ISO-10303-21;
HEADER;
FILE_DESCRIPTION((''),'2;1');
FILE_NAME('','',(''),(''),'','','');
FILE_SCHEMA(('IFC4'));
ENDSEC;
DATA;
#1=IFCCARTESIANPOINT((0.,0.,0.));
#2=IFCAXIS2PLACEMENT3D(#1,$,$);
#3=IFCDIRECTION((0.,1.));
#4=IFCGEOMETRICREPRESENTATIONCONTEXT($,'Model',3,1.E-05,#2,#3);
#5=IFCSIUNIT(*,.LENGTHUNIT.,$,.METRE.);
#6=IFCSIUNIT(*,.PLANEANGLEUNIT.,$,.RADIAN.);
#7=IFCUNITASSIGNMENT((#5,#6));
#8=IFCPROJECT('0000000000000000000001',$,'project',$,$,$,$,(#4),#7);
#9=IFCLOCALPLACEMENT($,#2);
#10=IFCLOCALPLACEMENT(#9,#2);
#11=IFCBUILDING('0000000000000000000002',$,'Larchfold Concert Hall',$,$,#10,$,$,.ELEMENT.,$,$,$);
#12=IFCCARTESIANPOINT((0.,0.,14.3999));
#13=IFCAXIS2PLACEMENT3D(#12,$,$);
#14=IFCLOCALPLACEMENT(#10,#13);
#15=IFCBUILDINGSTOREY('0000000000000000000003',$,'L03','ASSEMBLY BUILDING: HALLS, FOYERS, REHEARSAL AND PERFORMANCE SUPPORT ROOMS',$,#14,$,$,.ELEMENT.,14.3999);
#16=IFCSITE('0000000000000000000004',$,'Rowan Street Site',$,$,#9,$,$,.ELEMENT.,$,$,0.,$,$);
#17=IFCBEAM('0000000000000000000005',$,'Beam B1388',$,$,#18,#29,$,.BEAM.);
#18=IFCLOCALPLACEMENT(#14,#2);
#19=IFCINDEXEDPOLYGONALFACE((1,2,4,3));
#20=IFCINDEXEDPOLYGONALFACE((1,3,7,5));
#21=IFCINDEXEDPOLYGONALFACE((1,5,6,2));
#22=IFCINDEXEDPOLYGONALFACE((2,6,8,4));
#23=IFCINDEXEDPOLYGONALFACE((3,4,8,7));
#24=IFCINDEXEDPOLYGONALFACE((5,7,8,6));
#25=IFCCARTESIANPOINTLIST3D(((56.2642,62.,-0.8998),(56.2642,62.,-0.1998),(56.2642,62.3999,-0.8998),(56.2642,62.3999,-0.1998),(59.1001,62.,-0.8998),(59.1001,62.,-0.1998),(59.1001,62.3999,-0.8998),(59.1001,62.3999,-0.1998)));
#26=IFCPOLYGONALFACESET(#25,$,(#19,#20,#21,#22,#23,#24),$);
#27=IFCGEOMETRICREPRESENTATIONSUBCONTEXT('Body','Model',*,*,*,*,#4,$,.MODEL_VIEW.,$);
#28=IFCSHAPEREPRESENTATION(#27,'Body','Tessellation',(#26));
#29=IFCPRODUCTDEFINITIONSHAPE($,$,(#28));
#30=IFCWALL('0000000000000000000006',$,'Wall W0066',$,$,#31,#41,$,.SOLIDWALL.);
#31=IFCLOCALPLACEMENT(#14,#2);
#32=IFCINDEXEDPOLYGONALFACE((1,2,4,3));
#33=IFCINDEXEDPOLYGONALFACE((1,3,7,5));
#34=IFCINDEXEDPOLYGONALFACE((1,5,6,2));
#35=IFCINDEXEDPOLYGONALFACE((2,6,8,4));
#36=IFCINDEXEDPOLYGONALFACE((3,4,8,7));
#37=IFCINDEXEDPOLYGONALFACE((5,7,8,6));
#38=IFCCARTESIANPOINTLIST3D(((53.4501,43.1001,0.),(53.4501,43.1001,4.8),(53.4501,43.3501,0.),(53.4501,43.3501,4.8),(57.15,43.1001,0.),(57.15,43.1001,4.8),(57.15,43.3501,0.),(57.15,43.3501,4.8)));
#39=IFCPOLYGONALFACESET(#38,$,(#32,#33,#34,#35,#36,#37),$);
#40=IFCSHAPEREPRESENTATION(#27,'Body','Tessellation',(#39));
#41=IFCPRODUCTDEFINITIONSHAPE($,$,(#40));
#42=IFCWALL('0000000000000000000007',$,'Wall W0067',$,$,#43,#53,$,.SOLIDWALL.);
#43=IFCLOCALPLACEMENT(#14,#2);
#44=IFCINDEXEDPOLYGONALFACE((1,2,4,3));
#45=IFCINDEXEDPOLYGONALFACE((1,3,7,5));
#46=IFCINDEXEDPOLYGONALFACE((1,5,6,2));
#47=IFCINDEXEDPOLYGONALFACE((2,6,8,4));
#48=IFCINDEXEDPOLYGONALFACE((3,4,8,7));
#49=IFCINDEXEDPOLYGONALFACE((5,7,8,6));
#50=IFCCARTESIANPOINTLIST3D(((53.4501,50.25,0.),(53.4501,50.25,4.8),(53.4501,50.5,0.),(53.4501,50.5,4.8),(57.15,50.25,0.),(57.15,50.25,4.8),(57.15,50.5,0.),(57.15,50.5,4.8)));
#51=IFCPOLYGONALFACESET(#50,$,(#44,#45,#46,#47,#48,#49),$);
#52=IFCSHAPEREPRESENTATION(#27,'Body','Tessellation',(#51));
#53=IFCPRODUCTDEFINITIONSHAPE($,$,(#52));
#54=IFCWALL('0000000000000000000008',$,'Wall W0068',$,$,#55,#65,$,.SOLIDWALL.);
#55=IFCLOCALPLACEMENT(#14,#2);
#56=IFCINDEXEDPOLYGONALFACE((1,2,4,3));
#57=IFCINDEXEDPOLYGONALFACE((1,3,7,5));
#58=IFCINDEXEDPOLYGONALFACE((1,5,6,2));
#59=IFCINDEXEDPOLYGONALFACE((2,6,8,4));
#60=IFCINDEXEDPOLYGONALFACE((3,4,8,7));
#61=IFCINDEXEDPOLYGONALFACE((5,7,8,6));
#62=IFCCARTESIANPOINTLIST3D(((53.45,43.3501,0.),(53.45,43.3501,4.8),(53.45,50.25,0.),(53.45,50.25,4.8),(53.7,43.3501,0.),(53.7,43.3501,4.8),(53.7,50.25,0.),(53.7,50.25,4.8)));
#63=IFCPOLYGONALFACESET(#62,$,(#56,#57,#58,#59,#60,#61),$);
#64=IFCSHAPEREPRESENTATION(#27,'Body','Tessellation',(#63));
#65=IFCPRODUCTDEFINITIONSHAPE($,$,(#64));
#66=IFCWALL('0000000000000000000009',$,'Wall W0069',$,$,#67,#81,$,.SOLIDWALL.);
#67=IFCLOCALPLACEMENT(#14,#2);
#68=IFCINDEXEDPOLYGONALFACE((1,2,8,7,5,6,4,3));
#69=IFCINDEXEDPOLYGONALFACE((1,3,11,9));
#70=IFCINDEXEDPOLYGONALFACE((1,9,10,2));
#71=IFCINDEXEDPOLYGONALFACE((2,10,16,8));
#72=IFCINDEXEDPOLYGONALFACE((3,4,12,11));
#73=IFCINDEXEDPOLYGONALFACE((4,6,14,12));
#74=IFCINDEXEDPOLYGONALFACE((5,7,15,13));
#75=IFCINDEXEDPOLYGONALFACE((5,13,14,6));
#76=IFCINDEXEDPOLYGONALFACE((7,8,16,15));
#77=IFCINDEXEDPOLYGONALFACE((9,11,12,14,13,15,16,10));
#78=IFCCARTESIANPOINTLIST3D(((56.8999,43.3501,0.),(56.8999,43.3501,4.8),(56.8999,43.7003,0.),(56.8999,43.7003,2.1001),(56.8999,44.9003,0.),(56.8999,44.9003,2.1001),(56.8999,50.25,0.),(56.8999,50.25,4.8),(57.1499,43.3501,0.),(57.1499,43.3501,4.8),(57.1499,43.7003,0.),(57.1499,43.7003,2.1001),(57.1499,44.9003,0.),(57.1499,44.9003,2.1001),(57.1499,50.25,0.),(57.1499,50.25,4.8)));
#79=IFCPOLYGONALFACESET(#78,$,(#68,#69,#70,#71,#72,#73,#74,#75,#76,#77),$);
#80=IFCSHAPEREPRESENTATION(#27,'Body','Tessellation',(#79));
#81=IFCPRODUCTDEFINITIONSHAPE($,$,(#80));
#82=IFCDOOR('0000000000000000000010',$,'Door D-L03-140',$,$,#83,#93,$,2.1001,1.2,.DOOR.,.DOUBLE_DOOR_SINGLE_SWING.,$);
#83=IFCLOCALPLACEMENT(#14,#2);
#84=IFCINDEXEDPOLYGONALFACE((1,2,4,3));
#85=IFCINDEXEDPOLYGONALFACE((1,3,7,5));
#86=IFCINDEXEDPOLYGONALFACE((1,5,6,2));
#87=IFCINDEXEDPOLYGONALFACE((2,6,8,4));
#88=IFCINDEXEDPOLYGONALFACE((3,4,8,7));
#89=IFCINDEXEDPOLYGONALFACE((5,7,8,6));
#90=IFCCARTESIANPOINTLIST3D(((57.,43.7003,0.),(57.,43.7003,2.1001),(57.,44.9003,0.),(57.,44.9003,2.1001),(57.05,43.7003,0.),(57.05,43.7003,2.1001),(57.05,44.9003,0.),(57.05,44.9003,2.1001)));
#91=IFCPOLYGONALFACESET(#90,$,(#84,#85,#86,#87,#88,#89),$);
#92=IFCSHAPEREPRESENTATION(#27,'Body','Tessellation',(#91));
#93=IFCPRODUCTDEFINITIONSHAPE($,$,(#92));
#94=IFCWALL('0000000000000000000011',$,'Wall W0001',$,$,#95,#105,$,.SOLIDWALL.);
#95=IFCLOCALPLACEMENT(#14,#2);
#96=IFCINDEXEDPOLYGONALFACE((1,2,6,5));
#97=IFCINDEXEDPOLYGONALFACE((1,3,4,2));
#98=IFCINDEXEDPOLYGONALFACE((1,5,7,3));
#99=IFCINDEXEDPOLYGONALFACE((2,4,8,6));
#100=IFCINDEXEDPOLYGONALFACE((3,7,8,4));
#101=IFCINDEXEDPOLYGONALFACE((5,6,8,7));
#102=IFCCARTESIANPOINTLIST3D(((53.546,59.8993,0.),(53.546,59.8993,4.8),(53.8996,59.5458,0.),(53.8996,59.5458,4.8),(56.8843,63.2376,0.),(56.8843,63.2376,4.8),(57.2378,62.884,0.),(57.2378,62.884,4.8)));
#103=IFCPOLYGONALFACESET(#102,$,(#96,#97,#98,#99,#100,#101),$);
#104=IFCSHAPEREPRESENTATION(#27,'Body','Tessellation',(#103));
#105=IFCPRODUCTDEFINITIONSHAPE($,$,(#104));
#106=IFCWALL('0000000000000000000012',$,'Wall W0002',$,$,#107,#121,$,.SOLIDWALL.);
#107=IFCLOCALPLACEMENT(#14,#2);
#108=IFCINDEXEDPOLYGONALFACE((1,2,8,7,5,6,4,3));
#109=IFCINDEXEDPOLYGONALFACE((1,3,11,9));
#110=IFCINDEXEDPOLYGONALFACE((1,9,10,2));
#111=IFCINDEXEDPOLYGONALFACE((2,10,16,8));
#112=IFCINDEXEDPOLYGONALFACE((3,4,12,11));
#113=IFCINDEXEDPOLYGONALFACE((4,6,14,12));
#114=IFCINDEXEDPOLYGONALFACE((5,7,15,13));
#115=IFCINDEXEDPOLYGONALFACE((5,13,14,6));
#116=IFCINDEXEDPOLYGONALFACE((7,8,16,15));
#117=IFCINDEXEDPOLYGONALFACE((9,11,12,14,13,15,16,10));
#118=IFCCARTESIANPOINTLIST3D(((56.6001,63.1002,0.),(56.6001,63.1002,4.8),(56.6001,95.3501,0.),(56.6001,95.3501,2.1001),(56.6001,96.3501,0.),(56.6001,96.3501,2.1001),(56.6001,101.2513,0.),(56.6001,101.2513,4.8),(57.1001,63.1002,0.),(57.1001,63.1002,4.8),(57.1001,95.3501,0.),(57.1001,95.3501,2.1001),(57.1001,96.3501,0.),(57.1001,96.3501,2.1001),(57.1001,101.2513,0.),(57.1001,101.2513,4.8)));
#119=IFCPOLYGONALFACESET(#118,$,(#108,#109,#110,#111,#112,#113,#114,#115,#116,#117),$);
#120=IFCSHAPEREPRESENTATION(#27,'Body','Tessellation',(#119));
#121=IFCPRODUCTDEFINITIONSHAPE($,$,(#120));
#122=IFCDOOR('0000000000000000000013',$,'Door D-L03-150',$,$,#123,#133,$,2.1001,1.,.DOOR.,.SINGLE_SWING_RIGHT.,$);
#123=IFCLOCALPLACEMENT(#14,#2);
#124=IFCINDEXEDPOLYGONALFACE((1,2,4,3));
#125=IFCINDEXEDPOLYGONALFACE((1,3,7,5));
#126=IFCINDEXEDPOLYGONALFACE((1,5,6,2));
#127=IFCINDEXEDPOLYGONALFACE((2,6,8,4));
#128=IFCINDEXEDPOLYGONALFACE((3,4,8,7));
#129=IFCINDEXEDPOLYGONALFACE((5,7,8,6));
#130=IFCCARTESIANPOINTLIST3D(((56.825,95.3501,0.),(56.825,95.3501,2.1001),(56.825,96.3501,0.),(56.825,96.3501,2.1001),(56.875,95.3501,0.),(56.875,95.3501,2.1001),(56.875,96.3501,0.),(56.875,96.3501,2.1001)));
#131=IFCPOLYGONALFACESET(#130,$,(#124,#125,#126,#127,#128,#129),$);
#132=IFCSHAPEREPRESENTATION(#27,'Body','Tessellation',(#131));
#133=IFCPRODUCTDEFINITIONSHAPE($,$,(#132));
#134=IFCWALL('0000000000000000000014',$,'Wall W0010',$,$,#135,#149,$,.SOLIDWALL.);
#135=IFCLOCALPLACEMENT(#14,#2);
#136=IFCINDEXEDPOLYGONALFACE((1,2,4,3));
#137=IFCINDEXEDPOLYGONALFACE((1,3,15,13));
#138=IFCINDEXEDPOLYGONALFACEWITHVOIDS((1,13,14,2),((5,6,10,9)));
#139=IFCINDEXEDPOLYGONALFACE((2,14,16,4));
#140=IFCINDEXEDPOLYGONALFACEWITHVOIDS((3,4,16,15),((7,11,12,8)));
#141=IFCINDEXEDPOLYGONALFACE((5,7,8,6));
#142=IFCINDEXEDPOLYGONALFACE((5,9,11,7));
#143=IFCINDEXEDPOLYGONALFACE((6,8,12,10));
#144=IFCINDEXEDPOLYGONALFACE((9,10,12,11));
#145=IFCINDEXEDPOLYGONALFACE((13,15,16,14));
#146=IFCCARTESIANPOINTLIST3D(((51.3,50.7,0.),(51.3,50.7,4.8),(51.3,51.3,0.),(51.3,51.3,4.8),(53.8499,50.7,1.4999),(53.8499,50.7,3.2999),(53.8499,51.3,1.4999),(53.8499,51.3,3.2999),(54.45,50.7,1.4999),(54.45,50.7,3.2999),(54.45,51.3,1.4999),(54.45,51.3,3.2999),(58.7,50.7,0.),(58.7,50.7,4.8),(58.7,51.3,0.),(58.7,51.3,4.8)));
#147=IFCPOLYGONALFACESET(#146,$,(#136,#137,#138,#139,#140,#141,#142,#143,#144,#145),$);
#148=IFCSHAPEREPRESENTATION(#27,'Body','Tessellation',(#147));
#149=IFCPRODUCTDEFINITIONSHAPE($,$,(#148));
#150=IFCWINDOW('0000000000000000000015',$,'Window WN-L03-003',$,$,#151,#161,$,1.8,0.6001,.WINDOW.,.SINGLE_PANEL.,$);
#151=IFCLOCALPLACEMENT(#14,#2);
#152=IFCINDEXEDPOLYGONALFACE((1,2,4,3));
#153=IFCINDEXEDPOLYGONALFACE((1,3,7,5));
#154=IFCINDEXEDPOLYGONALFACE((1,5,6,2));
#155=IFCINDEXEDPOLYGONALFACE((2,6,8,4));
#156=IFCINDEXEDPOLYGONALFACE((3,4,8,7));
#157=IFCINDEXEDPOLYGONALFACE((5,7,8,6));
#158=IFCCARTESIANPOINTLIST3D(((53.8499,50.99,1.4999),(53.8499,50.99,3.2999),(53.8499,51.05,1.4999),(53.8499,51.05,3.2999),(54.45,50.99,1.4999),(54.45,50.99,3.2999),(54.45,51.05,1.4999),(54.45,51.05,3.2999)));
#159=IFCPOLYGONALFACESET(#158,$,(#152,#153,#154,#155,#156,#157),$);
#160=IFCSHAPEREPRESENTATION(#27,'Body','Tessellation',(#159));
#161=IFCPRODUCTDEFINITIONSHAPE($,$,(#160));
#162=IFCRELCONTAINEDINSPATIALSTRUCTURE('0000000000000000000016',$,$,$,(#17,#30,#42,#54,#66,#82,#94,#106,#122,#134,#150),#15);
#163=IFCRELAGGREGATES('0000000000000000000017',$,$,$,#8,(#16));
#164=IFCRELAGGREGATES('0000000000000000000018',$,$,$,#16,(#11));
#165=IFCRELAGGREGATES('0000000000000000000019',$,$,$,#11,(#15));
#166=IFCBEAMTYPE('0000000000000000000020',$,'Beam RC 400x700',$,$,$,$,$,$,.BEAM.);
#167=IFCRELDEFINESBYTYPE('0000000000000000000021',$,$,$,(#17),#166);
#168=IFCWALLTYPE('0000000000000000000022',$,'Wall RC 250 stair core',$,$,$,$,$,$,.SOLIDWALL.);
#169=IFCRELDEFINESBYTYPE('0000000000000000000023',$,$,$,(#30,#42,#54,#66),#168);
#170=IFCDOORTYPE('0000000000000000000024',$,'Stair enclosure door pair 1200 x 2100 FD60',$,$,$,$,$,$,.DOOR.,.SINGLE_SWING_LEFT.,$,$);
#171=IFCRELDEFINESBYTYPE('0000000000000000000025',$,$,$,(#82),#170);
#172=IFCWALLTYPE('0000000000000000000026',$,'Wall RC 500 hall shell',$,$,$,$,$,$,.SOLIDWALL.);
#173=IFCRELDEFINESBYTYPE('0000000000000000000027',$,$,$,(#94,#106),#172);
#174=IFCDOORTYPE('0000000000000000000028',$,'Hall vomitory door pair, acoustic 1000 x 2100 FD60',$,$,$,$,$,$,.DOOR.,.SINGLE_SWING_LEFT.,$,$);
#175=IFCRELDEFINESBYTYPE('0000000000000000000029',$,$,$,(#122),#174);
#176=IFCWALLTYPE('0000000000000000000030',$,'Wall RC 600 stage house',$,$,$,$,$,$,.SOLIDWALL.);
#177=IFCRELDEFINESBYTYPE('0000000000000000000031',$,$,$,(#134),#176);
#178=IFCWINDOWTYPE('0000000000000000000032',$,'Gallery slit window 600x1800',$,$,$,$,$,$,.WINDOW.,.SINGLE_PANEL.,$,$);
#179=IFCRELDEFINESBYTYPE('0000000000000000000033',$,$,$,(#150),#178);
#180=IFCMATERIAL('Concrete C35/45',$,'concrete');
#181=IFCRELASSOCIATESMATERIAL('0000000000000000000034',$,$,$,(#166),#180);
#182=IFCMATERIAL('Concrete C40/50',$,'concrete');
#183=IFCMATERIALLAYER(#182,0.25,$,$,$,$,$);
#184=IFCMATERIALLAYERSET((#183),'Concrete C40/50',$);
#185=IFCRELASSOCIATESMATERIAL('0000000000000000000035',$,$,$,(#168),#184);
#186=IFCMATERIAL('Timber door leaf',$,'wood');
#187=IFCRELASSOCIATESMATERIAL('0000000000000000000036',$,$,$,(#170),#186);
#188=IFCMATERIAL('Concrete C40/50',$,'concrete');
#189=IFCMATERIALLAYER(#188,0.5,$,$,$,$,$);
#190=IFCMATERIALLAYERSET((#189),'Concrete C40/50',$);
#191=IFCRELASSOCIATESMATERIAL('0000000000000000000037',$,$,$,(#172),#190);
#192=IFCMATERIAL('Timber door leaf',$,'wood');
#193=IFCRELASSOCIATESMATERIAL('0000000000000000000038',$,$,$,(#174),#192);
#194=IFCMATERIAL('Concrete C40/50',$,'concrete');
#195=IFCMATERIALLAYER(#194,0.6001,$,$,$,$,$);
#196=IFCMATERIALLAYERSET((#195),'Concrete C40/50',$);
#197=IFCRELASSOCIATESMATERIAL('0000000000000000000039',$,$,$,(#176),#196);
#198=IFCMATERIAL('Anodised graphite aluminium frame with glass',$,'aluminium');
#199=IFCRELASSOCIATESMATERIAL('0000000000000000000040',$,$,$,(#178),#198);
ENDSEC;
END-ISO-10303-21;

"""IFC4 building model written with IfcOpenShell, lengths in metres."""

from ifc_helpers import new_model, si_unit, direction, frame, frame_2d, origin, origin_2d, place, context, subcontext, project, spatial, rectangle, extrude, material, layer, layer_set, material_profile, profile_set, type_object, element, fill, save


model = new_model("IFC4")

# Units and contexts
model_context = context("Model", 3, precision=1e-05, world=origin(), true_north=direction((0.0, 1.0)))
body_context = subcontext(model_context, "Body", "Model", "MODEL_VIEW")
ifc_project = project(units=[si_unit("LENGTHUNIT", "METRE"), si_unit("PLANEANGLEUNIT", "RADIAN")], contexts=[model_context])

# Site, building, storey
site_placement = place(None, origin())
site = spatial("IfcSite", under=ifc_project, at=site_placement, Name="Rowan Street Site", CompositionType="ELEMENT", RefElevation=0.0)
building_placement = place(site_placement, origin())
building = spatial("IfcBuilding", under=site, at=building_placement, Name="Larchfold Concert Hall", CompositionType="ELEMENT")
storey_placement = place(building_placement, frame((0.0, 0.0, 14.3999)))
storey = spatial("IfcBuildingStorey", under=building, at=storey_placement, Name="L03", Description="ASSEMBLY BUILDING: HALLS, FOYERS, REHEARSAL AND PERFORMANCE SUPPORT ROOMS", CompositionType="ELEMENT", Elevation=14.3999)

# Beam
ifc_material_1 = material(Name="Concrete C35/45", Category="concrete")
ifc_material_profile = material_profile(ifc_material_1, rectangle(XDim=0.3999, YDim=0.7, at=origin_2d()))
ifc_profile_set = profile_set([ifc_material_profile], Name="Concrete C35/45")
beam_type = type_object("IfcBeamType", Name="Beam RC 400x700", PredefinedType="BEAM", material=ifc_profile_set)
beam_placement = place(storey_placement, frame((56.2642, 62.2, -0.5498), z_axis=(1.0, 0.0, 0.0), x_axis=(0.0, 1.0, 0.0)))
element("IfcBeam", 1, at=beam_placement, inside=storey, type_object=beam_type, Name="Beam B1388", PredefinedType="BEAM", context=body_context, shape_type="SweptSolid", body=[
    extrude(rectangle(XDim=0.3999, YDim=0.7, at=origin_2d()), origin(), (0.0, 0.0, 1.0), 2.8359),
])

# Walls
ifc_material_2 = material(Name="Concrete C40/50", Category="concrete")
ifc_layer_1 = layer(ifc_material_2, 0.25)
ifc_layer_set_1 = layer_set([ifc_layer_1], Name="Concrete C40/50")
wall_type_1 = type_object("IfcWallType", Name="Wall RC 250 stair core", PredefinedType="SOLIDWALL", material=ifc_layer_set_1)
for number, where, z_axis, x_axis, name in (
    (2, (53.45, 43.2251, 0.0), (0.0, 0.0, 1.0), (1.0, 0.0, 0.0), "Wall W0066"),
    (3, (53.45, 50.375, 0.0), (0.0, 0.0, 1.0), (1.0, 0.0, 0.0), "Wall W0067"),
):
    element("IfcWall", number, at=place(storey_placement, frame(where, z_axis=z_axis, x_axis=x_axis)), inside=storey, type_object=wall_type_1, Name=name, PredefinedType="SOLIDWALL", context=body_context, shape_type="SweptSolid", body=[
        extrude(rectangle(XDim=3.7, YDim=0.25, at=frame_2d((1.8501, 0.0))), origin(), (0.0, 0.0, 1.0), 4.8),
    ])
wall_1_placement = place(storey_placement, frame((53.575, 43.3501, 0.0), z_axis=(0.0, 0.0, 1.0), x_axis=(0.0, 1.0, 0.0)))
element("IfcWall", 4, at=wall_1_placement, inside=storey, type_object=wall_type_1, Name="Wall W0068", PredefinedType="SOLIDWALL", context=body_context, shape_type="SweptSolid", body=[
    extrude(rectangle(XDim=6.8999, YDim=0.25, at=frame_2d((3.45, 0.0))), origin(), (0.0, 0.0, 1.0), 4.8),
])

# Wall, opening, door
wall_2_placement = place(storey_placement, frame((57.0249, 43.3501, 0.0), z_axis=(0.0, 0.0, 1.0), x_axis=(0.0, 1.0, 0.0)))
wall_2 = element("IfcWall", 5, at=wall_2_placement, inside=storey, type_object=wall_type_1, Name="Wall W0069", PredefinedType="SOLIDWALL", context=body_context, shape_type="SweptSolid", body=[
    extrude(rectangle(XDim=6.8999, YDim=0.25, at=frame_2d((3.45, 0.0))), origin(), (0.0, 0.0, 1.0), 4.8),
])
opening_1_placement = place(wall_2_placement, frame((0.3501, 0.0, 0.0)))
opening_1 = element("IfcOpeningElement", 6, at=opening_1_placement, cuts=wall_2, PredefinedType="OPENING", context=body_context, shape_type="SweptSolid", body=[
    extrude(rectangle(XDim=1.2, YDim=2.1001, at=frame_2d((0.6001, 1.05))), frame((0.0, 0.135, 0.0), z_axis=(0.0, -1.0, 0.0), x_axis=(1.0, 0.0, 0.0)), (0.0, 0.0, 1.0), 0.27),
])
ifc_material_3 = material(Name="Timber door leaf", Category="wood")
door_type_1 = type_object("IfcDoorType", Name="Stair enclosure door pair 1200 x 2100 FD60", OperationType="SINGLE_SWING_LEFT", PredefinedType="DOOR", material=ifc_material_3)
door_1_placement = place(opening_1_placement, origin())
door_1 = element("IfcDoor", 7, at=door_1_placement, inside=storey, type_object=door_type_1, Name="Door D-L03-140", OperationType="DOUBLE_DOOR_SINGLE_SWING", OverallHeight=2.1001, OverallWidth=1.2, PredefinedType="DOOR", context=body_context, shape_type="SweptSolid", body=[
    extrude(rectangle(XDim=1.2, YDim=2.1001, at=frame_2d((0.6001, 1.05))), frame((0.0, 0.0249, 0.0), z_axis=(0.0, -1.0, 0.0), x_axis=(1.0, 0.0, 0.0)), (0.0, 0.0, 1.0), 0.05),
])
fill(opening_1, door_1)

# Wall
ifc_material_4 = material(Name="Concrete C40/50", Category="concrete")
ifc_layer_2 = layer(ifc_material_4, 0.5)
ifc_layer_set_2 = layer_set([ifc_layer_2], Name="Concrete C40/50")
wall_type_2 = type_object("IfcWallType", Name="Wall RC 500 hall shell", PredefinedType="SOLIDWALL", material=ifc_layer_set_2)
wall_3_placement = place(storey_placement, frame((53.7229, 59.7227, 0.0), z_axis=(0.0, 0.0, 1.0), x_axis=(0.707107, 0.707107, 0.0)))
element("IfcWall", 8, at=wall_3_placement, inside=storey, type_object=wall_type_2, Name="Wall W0001", PredefinedType="SOLIDWALL", context=body_context, shape_type="SweptSolid", body=[
    extrude(rectangle(XDim=4.7209, YDim=0.5, at=frame_2d((2.3604, 0.0))), origin(), (0.0, 0.0, 1.0), 4.8),
])

# Wall, opening, door
wall_4_placement = place(storey_placement, frame((56.8501, 63.1001, 0.0), z_axis=(0.0, 0.0, 1.0), x_axis=(0.0, 1.0, 0.0)))
wall_4 = element("IfcWall", 9, at=wall_4_placement, inside=storey, type_object=wall_type_2, Name="Wall W0002", PredefinedType="SOLIDWALL", context=body_context, shape_type="SweptSolid", body=[
    extrude(rectangle(XDim=38.1511, YDim=0.5, at=frame_2d((19.0757, 0.0))), origin(), (0.0, 0.0, 1.0), 4.8),
])
opening_2_placement = place(wall_4_placement, frame((33.25, 0.0, 0.0), z_axis=(0.0, 0.0, 1.0), x_axis=(-1.0, 0.0, 0.0)))
opening_2 = element("IfcOpeningElement", 10, at=opening_2_placement, cuts=wall_4, PredefinedType="OPENING", context=body_context, shape_type="SweptSolid", body=[
    extrude(rectangle(XDim=1.0, YDim=2.1001, at=frame_2d((0.5, 1.05))), frame((0.0, 0.26, 0.0), z_axis=(0.0, -1.0, 0.0), x_axis=(1.0, 0.0, 0.0)), (0.0, 0.0, 1.0), 0.52),
])
ifc_material_5 = material(Name="Timber door leaf", Category="wood")
door_type_2 = type_object("IfcDoorType", Name="Hall vomitory door pair, acoustic 1000 x 2100 FD60", OperationType="SINGLE_SWING_LEFT", PredefinedType="DOOR", material=ifc_material_5)
door_2_placement = place(opening_2_placement, origin())
door_2 = element("IfcDoor", 11, at=door_2_placement, inside=storey, type_object=door_type_2, Name="Door D-L03-150", OperationType="SINGLE_SWING_RIGHT", OverallHeight=2.1001, OverallWidth=1.0, PredefinedType="DOOR", context=body_context, shape_type="SweptSolid", body=[
    extrude(rectangle(XDim=1.0, YDim=2.1001, at=frame_2d((0.5, 1.05))), frame((0.0, 0.0249, 0.0), z_axis=(0.0, -1.0, 0.0), x_axis=(1.0, 0.0, 0.0)), (0.0, 0.0, 1.0), 0.05),
])
fill(opening_2, door_2)

# Wall, opening, window
ifc_material_6 = material(Name="Concrete C40/50", Category="concrete")
ifc_layer_3 = layer(ifc_material_6, 0.6001)
ifc_layer_set_3 = layer_set([ifc_layer_3], Name="Concrete C40/50")
wall_type_3 = type_object("IfcWallType", Name="Wall RC 600 stage house", PredefinedType="SOLIDWALL", material=ifc_layer_set_3)
wall_5_placement = place(storey_placement, frame((58.7, 51.0, 0.0), z_axis=(0.0, 0.0, 1.0), x_axis=(-1.0, 0.0, 0.0)))
wall_5 = element("IfcWall", 12, at=wall_5_placement, inside=storey, type_object=wall_type_3, Name="Wall W0010", PredefinedType="SOLIDWALL", context=body_context, shape_type="SweptSolid", body=[
    extrude(rectangle(XDim=7.3999, YDim=0.6001, at=frame_2d((3.7, 0.0))), origin(), (0.0, 0.0, 1.0), 4.8),
])
opening_3_placement = place(wall_5_placement, frame((4.25, 0.0, 1.5)))
opening_3 = element("IfcOpeningElement", 13, at=opening_3_placement, cuts=wall_5, PredefinedType="OPENING", context=body_context, shape_type="SweptSolid", body=[
    extrude(rectangle(XDim=0.6001, YDim=1.8, at=frame_2d((0.3, 0.8999))), frame((0.0, 0.3101, 0.0), z_axis=(0.0, -1.0, 0.0), x_axis=(1.0, 0.0, 0.0)), (0.0, 0.0, 1.0), 0.6201),
])
ifc_material_7 = material(Name="Anodised graphite aluminium frame with glass", Category="aluminium")
window_type = type_object("IfcWindowType", Name="Gallery slit window 600x1800", PartitioningType="SINGLE_PANEL", PredefinedType="WINDOW", material=ifc_material_7)
window_placement = place(opening_3_placement, origin())
window = element("IfcWindow", 14, at=window_placement, inside=storey, type_object=window_type, Name="Window WN-L03-003", OverallHeight=1.8, OverallWidth=0.6001, PartitioningType="SINGLE_PANEL", PredefinedType="WINDOW", context=body_context, shape_type="SweptSolid", body=[
    extrude(rectangle(XDim=0.6001, YDim=1.8, at=frame_2d((0.3, 0.8999))), frame((0.0, 0.01, 0.0), z_axis=(0.0, -1.0, 0.0), x_axis=(1.0, 0.0, 0.0)), (0.0, 0.0, 1.0), 0.0601),
])
fill(opening_3, window)

save(model, "model.ifc")
